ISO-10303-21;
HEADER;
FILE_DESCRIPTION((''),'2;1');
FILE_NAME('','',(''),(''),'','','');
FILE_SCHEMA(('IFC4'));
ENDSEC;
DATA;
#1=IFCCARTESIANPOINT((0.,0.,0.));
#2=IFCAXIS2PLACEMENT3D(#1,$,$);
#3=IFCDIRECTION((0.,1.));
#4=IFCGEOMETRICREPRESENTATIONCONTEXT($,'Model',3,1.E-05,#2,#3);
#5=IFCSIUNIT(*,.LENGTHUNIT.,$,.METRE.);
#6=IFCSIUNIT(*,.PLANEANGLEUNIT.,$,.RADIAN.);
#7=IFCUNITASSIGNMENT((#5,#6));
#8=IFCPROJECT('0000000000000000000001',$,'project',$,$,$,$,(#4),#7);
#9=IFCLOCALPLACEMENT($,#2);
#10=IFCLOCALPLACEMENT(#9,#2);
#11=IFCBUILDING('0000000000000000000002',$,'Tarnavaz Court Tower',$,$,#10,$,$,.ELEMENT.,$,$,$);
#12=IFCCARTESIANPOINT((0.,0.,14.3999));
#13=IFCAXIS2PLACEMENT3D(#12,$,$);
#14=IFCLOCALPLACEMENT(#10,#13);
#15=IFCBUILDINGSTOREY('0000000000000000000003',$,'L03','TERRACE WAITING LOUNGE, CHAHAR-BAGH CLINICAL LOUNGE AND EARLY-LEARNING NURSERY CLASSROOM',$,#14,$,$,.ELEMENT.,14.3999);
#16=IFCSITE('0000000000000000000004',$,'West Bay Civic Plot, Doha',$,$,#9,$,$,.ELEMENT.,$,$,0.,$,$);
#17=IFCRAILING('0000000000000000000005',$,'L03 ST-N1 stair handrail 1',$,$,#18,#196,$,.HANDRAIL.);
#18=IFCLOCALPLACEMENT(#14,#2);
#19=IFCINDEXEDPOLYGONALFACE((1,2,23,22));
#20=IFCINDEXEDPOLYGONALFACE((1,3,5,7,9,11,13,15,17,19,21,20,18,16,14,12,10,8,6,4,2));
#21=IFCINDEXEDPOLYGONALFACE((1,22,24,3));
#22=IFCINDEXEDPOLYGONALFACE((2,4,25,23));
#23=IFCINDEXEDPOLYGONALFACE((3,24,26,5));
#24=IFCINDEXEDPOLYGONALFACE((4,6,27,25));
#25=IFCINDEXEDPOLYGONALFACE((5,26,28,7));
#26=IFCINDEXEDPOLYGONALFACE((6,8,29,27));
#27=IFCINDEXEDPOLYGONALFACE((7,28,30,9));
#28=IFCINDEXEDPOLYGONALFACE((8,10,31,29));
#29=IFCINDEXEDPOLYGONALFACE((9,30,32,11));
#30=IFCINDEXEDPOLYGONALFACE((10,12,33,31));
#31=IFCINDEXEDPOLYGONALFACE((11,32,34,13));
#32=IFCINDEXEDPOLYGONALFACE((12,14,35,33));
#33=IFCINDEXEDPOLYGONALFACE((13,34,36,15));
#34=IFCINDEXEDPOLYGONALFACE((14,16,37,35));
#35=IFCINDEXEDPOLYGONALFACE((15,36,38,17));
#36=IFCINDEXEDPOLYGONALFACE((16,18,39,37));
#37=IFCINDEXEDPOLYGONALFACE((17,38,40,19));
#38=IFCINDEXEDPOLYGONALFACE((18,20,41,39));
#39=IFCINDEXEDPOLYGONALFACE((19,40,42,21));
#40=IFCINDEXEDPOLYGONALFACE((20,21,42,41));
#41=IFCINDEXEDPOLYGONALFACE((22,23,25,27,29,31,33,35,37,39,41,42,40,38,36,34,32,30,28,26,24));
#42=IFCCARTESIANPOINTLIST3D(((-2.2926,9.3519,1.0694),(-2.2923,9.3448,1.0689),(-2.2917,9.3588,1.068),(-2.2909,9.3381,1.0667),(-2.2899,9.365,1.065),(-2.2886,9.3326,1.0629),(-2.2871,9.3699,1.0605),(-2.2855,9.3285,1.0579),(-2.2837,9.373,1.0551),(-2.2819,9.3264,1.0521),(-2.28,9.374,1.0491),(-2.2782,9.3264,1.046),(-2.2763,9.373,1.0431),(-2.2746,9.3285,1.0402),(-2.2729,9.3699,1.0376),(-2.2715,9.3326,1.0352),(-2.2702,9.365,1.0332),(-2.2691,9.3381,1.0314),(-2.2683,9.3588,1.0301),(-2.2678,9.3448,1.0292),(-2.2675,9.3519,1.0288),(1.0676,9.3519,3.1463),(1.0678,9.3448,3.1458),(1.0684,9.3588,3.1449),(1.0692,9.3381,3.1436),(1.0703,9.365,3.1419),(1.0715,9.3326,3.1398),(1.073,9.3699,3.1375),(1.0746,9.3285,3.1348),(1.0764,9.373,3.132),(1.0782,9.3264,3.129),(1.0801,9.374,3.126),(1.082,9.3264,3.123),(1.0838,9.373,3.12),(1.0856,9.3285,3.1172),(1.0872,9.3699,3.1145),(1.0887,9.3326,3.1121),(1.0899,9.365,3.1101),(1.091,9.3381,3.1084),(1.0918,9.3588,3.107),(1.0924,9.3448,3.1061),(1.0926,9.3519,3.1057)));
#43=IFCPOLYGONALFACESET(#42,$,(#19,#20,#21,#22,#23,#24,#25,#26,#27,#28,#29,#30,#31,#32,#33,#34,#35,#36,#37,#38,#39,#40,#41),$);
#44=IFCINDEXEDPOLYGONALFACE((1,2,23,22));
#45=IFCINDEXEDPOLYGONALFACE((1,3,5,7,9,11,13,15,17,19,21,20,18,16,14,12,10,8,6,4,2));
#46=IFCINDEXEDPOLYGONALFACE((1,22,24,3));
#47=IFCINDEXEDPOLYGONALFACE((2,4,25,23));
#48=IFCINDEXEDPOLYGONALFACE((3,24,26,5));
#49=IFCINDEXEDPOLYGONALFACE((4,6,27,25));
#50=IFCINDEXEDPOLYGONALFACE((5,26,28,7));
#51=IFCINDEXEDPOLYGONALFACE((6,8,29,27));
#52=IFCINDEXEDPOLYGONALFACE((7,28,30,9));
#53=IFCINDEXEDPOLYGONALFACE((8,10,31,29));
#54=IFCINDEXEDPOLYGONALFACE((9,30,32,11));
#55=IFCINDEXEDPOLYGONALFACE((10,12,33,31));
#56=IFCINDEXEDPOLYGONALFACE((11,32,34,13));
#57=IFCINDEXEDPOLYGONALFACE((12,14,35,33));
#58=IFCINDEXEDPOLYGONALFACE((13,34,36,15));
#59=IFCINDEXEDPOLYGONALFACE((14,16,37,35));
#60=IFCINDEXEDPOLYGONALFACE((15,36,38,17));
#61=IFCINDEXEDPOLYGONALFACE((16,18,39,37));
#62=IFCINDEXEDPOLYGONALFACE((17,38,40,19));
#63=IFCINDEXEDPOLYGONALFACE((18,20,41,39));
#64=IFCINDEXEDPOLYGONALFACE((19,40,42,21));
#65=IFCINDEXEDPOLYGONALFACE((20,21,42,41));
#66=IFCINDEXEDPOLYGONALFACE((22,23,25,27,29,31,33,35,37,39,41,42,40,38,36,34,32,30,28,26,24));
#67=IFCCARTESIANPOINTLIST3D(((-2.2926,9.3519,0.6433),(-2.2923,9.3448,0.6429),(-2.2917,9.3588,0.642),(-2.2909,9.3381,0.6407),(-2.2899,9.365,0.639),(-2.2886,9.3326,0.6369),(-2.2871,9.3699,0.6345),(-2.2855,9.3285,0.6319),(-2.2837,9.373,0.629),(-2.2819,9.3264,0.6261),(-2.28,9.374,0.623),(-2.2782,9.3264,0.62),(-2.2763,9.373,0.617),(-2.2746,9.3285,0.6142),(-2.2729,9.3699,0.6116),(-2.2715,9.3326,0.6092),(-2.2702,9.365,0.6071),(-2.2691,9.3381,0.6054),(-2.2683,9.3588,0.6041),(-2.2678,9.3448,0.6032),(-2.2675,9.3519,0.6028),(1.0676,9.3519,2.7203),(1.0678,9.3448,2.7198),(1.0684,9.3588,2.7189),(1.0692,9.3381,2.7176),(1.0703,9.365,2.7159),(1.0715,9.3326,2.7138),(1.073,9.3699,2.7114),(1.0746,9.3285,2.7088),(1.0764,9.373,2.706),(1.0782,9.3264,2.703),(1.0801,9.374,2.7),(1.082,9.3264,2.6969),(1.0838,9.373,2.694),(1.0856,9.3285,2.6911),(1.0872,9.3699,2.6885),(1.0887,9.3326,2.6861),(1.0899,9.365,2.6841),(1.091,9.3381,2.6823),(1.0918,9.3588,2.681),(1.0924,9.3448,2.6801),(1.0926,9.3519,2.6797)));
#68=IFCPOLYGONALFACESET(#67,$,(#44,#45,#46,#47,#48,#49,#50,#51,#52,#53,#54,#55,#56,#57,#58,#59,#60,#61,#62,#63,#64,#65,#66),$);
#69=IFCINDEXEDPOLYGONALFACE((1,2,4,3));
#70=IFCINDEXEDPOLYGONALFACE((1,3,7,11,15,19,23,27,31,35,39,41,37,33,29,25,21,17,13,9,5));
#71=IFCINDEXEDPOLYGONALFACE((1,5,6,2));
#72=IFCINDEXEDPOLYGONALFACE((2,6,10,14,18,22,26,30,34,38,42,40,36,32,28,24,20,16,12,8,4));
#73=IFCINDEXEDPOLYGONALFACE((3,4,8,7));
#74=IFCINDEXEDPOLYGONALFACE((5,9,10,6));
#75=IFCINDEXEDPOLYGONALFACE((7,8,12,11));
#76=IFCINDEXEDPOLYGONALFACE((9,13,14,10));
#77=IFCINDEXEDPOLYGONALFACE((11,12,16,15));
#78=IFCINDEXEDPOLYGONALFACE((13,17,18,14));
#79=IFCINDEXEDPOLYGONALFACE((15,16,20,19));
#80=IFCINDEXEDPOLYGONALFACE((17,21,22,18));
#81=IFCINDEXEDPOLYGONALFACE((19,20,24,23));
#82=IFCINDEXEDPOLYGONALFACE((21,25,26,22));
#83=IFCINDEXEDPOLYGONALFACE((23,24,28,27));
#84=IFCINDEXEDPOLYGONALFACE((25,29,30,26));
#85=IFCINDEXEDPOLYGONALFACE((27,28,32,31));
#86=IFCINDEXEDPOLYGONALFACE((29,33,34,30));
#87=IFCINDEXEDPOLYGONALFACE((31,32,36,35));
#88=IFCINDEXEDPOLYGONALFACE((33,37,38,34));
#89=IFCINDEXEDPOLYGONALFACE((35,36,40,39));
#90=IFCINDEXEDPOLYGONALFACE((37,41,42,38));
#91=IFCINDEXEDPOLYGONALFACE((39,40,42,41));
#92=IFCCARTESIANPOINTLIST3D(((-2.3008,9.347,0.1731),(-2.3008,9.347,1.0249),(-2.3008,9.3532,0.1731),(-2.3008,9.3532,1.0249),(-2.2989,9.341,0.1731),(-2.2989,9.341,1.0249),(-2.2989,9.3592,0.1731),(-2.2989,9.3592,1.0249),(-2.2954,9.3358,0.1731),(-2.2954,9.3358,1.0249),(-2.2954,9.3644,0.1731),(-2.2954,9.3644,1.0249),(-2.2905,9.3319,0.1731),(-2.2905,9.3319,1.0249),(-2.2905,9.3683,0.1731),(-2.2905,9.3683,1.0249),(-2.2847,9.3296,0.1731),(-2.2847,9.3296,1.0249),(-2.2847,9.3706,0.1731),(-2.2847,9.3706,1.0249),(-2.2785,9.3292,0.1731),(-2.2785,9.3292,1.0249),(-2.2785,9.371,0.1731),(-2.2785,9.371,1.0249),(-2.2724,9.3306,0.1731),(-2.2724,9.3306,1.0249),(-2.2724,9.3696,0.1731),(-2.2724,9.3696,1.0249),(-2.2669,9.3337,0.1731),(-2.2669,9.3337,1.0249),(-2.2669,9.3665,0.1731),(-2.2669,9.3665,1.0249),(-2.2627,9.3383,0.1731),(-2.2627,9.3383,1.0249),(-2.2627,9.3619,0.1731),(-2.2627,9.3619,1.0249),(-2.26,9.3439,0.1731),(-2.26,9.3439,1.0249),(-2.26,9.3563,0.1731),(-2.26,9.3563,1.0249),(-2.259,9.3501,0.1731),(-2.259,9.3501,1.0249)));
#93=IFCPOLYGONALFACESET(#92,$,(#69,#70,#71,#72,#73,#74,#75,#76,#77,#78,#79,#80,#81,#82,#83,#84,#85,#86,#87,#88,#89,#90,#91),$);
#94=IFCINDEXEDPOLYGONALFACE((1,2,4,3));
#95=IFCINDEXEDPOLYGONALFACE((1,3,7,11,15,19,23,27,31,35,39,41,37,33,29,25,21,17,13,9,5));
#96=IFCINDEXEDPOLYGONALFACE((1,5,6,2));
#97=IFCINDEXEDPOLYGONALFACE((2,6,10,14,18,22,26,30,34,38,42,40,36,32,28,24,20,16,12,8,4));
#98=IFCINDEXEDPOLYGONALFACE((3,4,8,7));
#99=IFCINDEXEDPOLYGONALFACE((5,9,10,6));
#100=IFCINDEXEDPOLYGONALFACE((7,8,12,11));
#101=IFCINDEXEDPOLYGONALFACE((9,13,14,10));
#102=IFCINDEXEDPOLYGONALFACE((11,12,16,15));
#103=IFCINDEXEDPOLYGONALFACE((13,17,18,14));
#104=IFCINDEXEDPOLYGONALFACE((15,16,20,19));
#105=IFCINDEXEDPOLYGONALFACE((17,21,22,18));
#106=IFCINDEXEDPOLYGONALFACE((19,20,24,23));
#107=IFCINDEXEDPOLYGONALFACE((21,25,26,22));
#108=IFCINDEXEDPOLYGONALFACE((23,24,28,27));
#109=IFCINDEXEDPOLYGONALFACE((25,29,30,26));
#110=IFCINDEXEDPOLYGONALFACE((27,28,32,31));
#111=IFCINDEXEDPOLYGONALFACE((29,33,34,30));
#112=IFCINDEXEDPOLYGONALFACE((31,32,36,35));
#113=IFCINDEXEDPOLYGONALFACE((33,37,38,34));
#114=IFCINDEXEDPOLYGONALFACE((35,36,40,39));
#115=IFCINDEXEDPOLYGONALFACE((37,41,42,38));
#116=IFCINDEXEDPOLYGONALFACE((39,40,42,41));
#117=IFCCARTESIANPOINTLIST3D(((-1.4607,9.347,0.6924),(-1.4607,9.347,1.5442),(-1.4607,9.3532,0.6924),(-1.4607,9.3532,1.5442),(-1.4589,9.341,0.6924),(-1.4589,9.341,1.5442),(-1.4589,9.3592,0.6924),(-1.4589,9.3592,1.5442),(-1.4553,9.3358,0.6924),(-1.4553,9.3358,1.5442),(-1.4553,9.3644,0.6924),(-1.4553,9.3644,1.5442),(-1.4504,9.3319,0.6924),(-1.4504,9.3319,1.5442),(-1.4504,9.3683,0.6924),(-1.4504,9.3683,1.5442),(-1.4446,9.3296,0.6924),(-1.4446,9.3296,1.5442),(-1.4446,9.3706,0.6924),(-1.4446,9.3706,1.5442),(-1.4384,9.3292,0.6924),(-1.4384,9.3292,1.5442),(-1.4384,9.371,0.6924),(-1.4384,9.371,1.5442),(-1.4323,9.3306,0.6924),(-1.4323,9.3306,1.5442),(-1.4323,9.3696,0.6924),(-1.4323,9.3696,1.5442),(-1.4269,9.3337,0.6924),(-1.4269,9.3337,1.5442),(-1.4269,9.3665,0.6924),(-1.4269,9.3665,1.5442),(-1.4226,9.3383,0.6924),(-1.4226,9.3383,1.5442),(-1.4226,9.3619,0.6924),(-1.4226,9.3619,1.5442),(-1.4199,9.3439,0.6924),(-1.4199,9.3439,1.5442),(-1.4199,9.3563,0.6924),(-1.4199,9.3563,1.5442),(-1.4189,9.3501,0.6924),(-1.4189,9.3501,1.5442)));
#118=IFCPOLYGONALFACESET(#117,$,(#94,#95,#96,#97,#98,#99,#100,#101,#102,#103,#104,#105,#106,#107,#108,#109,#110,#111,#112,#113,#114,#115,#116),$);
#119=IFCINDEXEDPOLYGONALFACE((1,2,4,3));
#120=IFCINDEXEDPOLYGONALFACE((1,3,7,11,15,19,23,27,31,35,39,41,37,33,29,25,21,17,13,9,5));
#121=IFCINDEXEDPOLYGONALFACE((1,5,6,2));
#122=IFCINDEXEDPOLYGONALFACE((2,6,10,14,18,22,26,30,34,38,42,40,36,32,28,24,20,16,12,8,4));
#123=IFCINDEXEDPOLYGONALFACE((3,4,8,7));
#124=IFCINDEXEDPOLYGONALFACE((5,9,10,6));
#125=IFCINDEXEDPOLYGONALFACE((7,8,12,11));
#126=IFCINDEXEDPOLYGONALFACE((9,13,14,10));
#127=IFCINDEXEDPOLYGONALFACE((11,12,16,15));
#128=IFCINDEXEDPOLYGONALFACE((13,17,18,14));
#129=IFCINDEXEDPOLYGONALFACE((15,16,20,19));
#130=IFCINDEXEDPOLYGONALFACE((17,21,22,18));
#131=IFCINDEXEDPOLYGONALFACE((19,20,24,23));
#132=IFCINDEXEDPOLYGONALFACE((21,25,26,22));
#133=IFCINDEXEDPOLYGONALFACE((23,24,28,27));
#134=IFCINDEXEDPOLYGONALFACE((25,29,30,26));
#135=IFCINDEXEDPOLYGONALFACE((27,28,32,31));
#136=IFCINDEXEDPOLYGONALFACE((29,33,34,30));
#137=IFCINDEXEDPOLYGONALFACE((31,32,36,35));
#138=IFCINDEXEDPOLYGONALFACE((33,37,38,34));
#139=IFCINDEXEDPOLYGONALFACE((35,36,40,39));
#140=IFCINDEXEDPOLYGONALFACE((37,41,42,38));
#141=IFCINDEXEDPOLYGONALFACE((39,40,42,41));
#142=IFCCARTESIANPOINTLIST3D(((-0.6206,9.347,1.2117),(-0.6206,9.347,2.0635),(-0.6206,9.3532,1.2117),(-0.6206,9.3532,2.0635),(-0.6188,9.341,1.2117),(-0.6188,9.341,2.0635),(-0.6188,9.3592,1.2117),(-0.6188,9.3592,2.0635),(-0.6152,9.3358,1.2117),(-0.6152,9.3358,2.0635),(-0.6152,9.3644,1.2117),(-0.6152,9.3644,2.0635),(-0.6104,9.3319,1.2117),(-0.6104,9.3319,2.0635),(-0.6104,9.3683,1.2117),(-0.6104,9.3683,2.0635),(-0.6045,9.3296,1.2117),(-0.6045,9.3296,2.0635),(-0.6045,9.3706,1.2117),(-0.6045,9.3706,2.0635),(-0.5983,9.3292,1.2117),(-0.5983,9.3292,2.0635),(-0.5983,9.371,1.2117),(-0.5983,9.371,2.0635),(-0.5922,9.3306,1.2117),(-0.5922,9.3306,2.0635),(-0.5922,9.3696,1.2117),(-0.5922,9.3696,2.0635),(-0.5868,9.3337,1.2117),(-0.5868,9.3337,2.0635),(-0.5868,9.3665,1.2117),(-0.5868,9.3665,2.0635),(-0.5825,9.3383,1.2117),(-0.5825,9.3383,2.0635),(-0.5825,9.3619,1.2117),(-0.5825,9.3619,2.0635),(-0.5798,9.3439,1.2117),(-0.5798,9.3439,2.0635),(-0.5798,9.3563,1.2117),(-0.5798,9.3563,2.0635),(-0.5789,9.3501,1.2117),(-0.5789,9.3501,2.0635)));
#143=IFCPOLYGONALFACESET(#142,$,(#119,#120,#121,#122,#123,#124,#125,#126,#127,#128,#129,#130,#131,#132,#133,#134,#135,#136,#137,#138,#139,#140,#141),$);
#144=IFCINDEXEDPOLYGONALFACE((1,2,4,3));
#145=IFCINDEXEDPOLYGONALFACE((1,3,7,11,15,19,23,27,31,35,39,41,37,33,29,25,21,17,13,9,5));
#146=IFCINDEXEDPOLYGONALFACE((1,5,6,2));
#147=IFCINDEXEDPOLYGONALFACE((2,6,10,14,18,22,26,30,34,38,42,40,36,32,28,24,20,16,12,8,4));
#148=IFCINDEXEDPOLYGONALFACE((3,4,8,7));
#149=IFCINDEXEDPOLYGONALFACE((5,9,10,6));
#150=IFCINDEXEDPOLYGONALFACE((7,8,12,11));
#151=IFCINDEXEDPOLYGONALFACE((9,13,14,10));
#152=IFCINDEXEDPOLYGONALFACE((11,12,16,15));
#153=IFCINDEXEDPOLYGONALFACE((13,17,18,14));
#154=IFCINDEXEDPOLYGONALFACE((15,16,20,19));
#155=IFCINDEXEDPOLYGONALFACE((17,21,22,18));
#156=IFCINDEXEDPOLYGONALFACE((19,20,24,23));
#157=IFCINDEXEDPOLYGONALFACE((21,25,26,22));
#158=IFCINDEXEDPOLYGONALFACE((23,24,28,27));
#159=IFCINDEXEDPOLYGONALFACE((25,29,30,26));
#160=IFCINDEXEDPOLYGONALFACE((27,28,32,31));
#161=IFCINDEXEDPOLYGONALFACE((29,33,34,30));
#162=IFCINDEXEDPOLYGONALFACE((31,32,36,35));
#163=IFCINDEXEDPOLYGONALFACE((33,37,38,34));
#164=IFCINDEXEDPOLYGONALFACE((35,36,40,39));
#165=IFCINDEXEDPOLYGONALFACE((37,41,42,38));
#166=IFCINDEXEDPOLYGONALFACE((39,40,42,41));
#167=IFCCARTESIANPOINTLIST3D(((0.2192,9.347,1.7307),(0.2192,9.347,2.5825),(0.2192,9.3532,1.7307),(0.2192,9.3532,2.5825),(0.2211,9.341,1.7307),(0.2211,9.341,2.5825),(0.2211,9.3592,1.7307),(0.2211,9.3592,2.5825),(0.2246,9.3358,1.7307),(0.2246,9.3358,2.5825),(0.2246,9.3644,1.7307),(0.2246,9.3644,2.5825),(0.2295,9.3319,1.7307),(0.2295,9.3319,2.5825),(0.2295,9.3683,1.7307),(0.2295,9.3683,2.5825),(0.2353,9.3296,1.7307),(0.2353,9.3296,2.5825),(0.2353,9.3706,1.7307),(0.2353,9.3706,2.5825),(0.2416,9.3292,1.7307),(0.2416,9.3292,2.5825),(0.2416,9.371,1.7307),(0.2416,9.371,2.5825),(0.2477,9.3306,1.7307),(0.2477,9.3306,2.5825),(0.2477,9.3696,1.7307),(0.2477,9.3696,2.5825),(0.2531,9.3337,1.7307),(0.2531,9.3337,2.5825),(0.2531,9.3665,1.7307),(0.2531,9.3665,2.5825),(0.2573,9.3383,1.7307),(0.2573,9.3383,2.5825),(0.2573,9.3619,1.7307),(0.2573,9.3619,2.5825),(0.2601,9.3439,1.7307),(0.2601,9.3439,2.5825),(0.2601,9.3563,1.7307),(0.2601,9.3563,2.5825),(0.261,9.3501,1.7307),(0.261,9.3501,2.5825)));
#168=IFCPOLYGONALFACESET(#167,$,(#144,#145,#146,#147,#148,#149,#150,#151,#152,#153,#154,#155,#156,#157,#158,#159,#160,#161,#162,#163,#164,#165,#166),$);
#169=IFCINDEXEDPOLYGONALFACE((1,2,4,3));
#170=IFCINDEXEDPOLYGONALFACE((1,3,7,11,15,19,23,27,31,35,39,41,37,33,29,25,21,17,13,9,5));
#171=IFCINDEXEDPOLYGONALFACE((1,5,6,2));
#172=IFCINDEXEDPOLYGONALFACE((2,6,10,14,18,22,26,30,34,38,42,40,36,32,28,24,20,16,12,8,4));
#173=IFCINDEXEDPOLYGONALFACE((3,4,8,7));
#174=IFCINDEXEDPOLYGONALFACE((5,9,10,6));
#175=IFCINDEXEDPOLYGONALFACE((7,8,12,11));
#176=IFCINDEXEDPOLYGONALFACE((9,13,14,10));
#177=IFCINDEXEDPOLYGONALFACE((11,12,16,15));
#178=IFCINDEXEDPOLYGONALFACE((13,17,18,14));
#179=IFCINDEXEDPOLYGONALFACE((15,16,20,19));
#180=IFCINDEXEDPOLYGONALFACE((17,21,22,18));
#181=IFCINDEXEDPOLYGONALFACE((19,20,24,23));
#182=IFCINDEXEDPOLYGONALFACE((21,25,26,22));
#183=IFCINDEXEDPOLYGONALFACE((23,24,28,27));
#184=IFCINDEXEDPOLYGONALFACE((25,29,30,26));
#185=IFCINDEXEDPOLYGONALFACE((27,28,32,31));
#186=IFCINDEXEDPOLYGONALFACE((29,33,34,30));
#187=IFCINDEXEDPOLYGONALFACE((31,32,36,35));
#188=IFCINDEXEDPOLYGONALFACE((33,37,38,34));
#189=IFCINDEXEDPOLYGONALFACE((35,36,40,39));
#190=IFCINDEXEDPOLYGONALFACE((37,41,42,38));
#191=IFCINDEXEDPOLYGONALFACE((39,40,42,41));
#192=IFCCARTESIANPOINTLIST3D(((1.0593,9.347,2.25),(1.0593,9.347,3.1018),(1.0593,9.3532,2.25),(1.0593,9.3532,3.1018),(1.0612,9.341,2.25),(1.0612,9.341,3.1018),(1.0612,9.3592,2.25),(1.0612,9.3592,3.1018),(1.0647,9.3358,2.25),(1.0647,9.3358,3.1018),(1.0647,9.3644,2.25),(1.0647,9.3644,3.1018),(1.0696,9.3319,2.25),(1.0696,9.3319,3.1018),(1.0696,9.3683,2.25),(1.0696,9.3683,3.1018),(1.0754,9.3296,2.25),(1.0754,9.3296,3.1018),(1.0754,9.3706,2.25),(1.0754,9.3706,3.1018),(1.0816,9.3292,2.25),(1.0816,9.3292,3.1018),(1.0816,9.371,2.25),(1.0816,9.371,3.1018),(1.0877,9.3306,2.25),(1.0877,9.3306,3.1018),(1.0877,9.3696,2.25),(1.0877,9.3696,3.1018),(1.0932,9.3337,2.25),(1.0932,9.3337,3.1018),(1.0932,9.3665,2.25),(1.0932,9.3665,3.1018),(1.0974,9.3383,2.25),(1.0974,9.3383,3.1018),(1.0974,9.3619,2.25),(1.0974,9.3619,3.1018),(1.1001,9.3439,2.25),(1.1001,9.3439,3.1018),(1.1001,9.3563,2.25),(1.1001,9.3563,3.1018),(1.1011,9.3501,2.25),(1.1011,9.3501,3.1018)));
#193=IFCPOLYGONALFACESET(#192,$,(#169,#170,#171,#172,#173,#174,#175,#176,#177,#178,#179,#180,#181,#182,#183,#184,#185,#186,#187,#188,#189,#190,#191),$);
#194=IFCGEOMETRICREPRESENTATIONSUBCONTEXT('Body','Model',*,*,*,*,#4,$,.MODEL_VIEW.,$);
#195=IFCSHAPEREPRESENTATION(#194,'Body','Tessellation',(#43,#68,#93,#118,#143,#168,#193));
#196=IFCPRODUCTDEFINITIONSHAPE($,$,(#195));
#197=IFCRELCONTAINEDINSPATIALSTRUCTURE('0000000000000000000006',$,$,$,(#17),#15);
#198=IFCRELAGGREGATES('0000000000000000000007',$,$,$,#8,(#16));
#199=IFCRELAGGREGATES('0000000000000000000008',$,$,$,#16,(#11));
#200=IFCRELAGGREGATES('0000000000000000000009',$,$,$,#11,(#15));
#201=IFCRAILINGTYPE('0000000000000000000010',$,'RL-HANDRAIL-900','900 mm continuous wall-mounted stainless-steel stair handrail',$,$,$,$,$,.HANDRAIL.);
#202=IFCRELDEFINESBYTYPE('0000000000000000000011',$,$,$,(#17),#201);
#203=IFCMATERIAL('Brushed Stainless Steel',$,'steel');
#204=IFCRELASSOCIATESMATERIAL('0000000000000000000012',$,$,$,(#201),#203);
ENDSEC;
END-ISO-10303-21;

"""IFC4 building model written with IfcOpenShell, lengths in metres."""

from ifc_helpers import new_model, si_unit, direction, frame, origin, origin_2d, place, context, subcontext, project, spatial, circle, extrude, material, type_object, element, save


model = new_model("IFC4")

# Units and contexts
model_context = context("Model", 3, precision=1e-05, world=origin(), true_north=direction((0.0, 1.0)))
body_context = subcontext(model_context, "Body", "Model", "MODEL_VIEW")
ifc_project = project(units=[si_unit("LENGTHUNIT", "METRE"), si_unit("PLANEANGLEUNIT", "RADIAN")], contexts=[model_context])

# Site, building, storey
site_placement = place(None, origin())
site = spatial("IfcSite", under=ifc_project, at=site_placement, Name="West Bay Civic Plot, Doha", CompositionType="ELEMENT", RefElevation=0.0)
building_placement = place(site_placement, origin())
building = spatial("IfcBuilding", under=site, at=building_placement, Name="Tarnavaz Court Tower", CompositionType="ELEMENT")
storey_placement = place(building_placement, frame((0.0, 0.0, 14.3999)))
storey = spatial("IfcBuildingStorey", under=building, at=storey_placement, Name="L03", Description="TERRACE WAITING LOUNGE, CHAHAR-BAGH CLINICAL LOUNGE AND EARLY-LEARNING NURSERY CLASSROOM", CompositionType="ELEMENT", Elevation=14.3999)

# Railing
ifc_material_1 = material(Name="Brushed Stainless Steel", Category="steel")
railing_type_1 = type_object("IfcRailingType", Name="RL-HANDRAIL-900", Description="900 mm continuous wall-mounted stainless-steel stair handrail", PredefinedType="HANDRAIL", material=ifc_material_1)
railing_1_placement = place(storey_placement, frame((-2.28, 9.3501, 0.1731)))
element("IfcRailing", 1, at=railing_1_placement, inside=storey, type_object=railing_type_1, Name="L03 ST-N1 stair handrail 1", PredefinedType="HANDRAIL", context=body_context, shape_type="SweptSolid", body=[
    extrude(circle(Radius=0.0239, at=origin_2d()), frame((0.0, 0.0, 0.876), z_axis=(0.850623, 0.0, 0.525776), x_axis=(0.0, 1.0, 0.0)), (0.0, 0.0, 1.0), 3.9502),
    extrude(circle(Radius=0.0239, at=origin_2d()), frame((0.0, 0.0, 0.45), z_axis=(0.850623, 0.0, 0.525776), x_axis=(0.0, 1.0, 0.0)), (0.0, 0.0, 1.0), 3.9502),
    extrude(circle(Radius=0.021, at=origin_2d()), origin(), (0.0, 0.0, 1.0), 0.8518),
    extrude(circle(Radius=0.021, at=origin_2d()), frame((0.8401, 0.0, 0.5193)), (0.0, 0.0, 1.0), 0.8518),
    extrude(circle(Radius=0.021, at=origin_2d()), frame((1.6802, 0.0, 1.0386)), (0.0, 0.0, 1.0), 0.8518),
    extrude(circle(Radius=0.021, at=origin_2d()), frame((2.52, 0.0, 1.5576)), (0.0, 0.0, 1.0), 0.8518),
    extrude(circle(Radius=0.021, at=origin_2d()), frame((3.3601, 0.0, 2.0769)), (0.0, 0.0, 1.0), 0.8518),
])

save(model, "model.ifc")
